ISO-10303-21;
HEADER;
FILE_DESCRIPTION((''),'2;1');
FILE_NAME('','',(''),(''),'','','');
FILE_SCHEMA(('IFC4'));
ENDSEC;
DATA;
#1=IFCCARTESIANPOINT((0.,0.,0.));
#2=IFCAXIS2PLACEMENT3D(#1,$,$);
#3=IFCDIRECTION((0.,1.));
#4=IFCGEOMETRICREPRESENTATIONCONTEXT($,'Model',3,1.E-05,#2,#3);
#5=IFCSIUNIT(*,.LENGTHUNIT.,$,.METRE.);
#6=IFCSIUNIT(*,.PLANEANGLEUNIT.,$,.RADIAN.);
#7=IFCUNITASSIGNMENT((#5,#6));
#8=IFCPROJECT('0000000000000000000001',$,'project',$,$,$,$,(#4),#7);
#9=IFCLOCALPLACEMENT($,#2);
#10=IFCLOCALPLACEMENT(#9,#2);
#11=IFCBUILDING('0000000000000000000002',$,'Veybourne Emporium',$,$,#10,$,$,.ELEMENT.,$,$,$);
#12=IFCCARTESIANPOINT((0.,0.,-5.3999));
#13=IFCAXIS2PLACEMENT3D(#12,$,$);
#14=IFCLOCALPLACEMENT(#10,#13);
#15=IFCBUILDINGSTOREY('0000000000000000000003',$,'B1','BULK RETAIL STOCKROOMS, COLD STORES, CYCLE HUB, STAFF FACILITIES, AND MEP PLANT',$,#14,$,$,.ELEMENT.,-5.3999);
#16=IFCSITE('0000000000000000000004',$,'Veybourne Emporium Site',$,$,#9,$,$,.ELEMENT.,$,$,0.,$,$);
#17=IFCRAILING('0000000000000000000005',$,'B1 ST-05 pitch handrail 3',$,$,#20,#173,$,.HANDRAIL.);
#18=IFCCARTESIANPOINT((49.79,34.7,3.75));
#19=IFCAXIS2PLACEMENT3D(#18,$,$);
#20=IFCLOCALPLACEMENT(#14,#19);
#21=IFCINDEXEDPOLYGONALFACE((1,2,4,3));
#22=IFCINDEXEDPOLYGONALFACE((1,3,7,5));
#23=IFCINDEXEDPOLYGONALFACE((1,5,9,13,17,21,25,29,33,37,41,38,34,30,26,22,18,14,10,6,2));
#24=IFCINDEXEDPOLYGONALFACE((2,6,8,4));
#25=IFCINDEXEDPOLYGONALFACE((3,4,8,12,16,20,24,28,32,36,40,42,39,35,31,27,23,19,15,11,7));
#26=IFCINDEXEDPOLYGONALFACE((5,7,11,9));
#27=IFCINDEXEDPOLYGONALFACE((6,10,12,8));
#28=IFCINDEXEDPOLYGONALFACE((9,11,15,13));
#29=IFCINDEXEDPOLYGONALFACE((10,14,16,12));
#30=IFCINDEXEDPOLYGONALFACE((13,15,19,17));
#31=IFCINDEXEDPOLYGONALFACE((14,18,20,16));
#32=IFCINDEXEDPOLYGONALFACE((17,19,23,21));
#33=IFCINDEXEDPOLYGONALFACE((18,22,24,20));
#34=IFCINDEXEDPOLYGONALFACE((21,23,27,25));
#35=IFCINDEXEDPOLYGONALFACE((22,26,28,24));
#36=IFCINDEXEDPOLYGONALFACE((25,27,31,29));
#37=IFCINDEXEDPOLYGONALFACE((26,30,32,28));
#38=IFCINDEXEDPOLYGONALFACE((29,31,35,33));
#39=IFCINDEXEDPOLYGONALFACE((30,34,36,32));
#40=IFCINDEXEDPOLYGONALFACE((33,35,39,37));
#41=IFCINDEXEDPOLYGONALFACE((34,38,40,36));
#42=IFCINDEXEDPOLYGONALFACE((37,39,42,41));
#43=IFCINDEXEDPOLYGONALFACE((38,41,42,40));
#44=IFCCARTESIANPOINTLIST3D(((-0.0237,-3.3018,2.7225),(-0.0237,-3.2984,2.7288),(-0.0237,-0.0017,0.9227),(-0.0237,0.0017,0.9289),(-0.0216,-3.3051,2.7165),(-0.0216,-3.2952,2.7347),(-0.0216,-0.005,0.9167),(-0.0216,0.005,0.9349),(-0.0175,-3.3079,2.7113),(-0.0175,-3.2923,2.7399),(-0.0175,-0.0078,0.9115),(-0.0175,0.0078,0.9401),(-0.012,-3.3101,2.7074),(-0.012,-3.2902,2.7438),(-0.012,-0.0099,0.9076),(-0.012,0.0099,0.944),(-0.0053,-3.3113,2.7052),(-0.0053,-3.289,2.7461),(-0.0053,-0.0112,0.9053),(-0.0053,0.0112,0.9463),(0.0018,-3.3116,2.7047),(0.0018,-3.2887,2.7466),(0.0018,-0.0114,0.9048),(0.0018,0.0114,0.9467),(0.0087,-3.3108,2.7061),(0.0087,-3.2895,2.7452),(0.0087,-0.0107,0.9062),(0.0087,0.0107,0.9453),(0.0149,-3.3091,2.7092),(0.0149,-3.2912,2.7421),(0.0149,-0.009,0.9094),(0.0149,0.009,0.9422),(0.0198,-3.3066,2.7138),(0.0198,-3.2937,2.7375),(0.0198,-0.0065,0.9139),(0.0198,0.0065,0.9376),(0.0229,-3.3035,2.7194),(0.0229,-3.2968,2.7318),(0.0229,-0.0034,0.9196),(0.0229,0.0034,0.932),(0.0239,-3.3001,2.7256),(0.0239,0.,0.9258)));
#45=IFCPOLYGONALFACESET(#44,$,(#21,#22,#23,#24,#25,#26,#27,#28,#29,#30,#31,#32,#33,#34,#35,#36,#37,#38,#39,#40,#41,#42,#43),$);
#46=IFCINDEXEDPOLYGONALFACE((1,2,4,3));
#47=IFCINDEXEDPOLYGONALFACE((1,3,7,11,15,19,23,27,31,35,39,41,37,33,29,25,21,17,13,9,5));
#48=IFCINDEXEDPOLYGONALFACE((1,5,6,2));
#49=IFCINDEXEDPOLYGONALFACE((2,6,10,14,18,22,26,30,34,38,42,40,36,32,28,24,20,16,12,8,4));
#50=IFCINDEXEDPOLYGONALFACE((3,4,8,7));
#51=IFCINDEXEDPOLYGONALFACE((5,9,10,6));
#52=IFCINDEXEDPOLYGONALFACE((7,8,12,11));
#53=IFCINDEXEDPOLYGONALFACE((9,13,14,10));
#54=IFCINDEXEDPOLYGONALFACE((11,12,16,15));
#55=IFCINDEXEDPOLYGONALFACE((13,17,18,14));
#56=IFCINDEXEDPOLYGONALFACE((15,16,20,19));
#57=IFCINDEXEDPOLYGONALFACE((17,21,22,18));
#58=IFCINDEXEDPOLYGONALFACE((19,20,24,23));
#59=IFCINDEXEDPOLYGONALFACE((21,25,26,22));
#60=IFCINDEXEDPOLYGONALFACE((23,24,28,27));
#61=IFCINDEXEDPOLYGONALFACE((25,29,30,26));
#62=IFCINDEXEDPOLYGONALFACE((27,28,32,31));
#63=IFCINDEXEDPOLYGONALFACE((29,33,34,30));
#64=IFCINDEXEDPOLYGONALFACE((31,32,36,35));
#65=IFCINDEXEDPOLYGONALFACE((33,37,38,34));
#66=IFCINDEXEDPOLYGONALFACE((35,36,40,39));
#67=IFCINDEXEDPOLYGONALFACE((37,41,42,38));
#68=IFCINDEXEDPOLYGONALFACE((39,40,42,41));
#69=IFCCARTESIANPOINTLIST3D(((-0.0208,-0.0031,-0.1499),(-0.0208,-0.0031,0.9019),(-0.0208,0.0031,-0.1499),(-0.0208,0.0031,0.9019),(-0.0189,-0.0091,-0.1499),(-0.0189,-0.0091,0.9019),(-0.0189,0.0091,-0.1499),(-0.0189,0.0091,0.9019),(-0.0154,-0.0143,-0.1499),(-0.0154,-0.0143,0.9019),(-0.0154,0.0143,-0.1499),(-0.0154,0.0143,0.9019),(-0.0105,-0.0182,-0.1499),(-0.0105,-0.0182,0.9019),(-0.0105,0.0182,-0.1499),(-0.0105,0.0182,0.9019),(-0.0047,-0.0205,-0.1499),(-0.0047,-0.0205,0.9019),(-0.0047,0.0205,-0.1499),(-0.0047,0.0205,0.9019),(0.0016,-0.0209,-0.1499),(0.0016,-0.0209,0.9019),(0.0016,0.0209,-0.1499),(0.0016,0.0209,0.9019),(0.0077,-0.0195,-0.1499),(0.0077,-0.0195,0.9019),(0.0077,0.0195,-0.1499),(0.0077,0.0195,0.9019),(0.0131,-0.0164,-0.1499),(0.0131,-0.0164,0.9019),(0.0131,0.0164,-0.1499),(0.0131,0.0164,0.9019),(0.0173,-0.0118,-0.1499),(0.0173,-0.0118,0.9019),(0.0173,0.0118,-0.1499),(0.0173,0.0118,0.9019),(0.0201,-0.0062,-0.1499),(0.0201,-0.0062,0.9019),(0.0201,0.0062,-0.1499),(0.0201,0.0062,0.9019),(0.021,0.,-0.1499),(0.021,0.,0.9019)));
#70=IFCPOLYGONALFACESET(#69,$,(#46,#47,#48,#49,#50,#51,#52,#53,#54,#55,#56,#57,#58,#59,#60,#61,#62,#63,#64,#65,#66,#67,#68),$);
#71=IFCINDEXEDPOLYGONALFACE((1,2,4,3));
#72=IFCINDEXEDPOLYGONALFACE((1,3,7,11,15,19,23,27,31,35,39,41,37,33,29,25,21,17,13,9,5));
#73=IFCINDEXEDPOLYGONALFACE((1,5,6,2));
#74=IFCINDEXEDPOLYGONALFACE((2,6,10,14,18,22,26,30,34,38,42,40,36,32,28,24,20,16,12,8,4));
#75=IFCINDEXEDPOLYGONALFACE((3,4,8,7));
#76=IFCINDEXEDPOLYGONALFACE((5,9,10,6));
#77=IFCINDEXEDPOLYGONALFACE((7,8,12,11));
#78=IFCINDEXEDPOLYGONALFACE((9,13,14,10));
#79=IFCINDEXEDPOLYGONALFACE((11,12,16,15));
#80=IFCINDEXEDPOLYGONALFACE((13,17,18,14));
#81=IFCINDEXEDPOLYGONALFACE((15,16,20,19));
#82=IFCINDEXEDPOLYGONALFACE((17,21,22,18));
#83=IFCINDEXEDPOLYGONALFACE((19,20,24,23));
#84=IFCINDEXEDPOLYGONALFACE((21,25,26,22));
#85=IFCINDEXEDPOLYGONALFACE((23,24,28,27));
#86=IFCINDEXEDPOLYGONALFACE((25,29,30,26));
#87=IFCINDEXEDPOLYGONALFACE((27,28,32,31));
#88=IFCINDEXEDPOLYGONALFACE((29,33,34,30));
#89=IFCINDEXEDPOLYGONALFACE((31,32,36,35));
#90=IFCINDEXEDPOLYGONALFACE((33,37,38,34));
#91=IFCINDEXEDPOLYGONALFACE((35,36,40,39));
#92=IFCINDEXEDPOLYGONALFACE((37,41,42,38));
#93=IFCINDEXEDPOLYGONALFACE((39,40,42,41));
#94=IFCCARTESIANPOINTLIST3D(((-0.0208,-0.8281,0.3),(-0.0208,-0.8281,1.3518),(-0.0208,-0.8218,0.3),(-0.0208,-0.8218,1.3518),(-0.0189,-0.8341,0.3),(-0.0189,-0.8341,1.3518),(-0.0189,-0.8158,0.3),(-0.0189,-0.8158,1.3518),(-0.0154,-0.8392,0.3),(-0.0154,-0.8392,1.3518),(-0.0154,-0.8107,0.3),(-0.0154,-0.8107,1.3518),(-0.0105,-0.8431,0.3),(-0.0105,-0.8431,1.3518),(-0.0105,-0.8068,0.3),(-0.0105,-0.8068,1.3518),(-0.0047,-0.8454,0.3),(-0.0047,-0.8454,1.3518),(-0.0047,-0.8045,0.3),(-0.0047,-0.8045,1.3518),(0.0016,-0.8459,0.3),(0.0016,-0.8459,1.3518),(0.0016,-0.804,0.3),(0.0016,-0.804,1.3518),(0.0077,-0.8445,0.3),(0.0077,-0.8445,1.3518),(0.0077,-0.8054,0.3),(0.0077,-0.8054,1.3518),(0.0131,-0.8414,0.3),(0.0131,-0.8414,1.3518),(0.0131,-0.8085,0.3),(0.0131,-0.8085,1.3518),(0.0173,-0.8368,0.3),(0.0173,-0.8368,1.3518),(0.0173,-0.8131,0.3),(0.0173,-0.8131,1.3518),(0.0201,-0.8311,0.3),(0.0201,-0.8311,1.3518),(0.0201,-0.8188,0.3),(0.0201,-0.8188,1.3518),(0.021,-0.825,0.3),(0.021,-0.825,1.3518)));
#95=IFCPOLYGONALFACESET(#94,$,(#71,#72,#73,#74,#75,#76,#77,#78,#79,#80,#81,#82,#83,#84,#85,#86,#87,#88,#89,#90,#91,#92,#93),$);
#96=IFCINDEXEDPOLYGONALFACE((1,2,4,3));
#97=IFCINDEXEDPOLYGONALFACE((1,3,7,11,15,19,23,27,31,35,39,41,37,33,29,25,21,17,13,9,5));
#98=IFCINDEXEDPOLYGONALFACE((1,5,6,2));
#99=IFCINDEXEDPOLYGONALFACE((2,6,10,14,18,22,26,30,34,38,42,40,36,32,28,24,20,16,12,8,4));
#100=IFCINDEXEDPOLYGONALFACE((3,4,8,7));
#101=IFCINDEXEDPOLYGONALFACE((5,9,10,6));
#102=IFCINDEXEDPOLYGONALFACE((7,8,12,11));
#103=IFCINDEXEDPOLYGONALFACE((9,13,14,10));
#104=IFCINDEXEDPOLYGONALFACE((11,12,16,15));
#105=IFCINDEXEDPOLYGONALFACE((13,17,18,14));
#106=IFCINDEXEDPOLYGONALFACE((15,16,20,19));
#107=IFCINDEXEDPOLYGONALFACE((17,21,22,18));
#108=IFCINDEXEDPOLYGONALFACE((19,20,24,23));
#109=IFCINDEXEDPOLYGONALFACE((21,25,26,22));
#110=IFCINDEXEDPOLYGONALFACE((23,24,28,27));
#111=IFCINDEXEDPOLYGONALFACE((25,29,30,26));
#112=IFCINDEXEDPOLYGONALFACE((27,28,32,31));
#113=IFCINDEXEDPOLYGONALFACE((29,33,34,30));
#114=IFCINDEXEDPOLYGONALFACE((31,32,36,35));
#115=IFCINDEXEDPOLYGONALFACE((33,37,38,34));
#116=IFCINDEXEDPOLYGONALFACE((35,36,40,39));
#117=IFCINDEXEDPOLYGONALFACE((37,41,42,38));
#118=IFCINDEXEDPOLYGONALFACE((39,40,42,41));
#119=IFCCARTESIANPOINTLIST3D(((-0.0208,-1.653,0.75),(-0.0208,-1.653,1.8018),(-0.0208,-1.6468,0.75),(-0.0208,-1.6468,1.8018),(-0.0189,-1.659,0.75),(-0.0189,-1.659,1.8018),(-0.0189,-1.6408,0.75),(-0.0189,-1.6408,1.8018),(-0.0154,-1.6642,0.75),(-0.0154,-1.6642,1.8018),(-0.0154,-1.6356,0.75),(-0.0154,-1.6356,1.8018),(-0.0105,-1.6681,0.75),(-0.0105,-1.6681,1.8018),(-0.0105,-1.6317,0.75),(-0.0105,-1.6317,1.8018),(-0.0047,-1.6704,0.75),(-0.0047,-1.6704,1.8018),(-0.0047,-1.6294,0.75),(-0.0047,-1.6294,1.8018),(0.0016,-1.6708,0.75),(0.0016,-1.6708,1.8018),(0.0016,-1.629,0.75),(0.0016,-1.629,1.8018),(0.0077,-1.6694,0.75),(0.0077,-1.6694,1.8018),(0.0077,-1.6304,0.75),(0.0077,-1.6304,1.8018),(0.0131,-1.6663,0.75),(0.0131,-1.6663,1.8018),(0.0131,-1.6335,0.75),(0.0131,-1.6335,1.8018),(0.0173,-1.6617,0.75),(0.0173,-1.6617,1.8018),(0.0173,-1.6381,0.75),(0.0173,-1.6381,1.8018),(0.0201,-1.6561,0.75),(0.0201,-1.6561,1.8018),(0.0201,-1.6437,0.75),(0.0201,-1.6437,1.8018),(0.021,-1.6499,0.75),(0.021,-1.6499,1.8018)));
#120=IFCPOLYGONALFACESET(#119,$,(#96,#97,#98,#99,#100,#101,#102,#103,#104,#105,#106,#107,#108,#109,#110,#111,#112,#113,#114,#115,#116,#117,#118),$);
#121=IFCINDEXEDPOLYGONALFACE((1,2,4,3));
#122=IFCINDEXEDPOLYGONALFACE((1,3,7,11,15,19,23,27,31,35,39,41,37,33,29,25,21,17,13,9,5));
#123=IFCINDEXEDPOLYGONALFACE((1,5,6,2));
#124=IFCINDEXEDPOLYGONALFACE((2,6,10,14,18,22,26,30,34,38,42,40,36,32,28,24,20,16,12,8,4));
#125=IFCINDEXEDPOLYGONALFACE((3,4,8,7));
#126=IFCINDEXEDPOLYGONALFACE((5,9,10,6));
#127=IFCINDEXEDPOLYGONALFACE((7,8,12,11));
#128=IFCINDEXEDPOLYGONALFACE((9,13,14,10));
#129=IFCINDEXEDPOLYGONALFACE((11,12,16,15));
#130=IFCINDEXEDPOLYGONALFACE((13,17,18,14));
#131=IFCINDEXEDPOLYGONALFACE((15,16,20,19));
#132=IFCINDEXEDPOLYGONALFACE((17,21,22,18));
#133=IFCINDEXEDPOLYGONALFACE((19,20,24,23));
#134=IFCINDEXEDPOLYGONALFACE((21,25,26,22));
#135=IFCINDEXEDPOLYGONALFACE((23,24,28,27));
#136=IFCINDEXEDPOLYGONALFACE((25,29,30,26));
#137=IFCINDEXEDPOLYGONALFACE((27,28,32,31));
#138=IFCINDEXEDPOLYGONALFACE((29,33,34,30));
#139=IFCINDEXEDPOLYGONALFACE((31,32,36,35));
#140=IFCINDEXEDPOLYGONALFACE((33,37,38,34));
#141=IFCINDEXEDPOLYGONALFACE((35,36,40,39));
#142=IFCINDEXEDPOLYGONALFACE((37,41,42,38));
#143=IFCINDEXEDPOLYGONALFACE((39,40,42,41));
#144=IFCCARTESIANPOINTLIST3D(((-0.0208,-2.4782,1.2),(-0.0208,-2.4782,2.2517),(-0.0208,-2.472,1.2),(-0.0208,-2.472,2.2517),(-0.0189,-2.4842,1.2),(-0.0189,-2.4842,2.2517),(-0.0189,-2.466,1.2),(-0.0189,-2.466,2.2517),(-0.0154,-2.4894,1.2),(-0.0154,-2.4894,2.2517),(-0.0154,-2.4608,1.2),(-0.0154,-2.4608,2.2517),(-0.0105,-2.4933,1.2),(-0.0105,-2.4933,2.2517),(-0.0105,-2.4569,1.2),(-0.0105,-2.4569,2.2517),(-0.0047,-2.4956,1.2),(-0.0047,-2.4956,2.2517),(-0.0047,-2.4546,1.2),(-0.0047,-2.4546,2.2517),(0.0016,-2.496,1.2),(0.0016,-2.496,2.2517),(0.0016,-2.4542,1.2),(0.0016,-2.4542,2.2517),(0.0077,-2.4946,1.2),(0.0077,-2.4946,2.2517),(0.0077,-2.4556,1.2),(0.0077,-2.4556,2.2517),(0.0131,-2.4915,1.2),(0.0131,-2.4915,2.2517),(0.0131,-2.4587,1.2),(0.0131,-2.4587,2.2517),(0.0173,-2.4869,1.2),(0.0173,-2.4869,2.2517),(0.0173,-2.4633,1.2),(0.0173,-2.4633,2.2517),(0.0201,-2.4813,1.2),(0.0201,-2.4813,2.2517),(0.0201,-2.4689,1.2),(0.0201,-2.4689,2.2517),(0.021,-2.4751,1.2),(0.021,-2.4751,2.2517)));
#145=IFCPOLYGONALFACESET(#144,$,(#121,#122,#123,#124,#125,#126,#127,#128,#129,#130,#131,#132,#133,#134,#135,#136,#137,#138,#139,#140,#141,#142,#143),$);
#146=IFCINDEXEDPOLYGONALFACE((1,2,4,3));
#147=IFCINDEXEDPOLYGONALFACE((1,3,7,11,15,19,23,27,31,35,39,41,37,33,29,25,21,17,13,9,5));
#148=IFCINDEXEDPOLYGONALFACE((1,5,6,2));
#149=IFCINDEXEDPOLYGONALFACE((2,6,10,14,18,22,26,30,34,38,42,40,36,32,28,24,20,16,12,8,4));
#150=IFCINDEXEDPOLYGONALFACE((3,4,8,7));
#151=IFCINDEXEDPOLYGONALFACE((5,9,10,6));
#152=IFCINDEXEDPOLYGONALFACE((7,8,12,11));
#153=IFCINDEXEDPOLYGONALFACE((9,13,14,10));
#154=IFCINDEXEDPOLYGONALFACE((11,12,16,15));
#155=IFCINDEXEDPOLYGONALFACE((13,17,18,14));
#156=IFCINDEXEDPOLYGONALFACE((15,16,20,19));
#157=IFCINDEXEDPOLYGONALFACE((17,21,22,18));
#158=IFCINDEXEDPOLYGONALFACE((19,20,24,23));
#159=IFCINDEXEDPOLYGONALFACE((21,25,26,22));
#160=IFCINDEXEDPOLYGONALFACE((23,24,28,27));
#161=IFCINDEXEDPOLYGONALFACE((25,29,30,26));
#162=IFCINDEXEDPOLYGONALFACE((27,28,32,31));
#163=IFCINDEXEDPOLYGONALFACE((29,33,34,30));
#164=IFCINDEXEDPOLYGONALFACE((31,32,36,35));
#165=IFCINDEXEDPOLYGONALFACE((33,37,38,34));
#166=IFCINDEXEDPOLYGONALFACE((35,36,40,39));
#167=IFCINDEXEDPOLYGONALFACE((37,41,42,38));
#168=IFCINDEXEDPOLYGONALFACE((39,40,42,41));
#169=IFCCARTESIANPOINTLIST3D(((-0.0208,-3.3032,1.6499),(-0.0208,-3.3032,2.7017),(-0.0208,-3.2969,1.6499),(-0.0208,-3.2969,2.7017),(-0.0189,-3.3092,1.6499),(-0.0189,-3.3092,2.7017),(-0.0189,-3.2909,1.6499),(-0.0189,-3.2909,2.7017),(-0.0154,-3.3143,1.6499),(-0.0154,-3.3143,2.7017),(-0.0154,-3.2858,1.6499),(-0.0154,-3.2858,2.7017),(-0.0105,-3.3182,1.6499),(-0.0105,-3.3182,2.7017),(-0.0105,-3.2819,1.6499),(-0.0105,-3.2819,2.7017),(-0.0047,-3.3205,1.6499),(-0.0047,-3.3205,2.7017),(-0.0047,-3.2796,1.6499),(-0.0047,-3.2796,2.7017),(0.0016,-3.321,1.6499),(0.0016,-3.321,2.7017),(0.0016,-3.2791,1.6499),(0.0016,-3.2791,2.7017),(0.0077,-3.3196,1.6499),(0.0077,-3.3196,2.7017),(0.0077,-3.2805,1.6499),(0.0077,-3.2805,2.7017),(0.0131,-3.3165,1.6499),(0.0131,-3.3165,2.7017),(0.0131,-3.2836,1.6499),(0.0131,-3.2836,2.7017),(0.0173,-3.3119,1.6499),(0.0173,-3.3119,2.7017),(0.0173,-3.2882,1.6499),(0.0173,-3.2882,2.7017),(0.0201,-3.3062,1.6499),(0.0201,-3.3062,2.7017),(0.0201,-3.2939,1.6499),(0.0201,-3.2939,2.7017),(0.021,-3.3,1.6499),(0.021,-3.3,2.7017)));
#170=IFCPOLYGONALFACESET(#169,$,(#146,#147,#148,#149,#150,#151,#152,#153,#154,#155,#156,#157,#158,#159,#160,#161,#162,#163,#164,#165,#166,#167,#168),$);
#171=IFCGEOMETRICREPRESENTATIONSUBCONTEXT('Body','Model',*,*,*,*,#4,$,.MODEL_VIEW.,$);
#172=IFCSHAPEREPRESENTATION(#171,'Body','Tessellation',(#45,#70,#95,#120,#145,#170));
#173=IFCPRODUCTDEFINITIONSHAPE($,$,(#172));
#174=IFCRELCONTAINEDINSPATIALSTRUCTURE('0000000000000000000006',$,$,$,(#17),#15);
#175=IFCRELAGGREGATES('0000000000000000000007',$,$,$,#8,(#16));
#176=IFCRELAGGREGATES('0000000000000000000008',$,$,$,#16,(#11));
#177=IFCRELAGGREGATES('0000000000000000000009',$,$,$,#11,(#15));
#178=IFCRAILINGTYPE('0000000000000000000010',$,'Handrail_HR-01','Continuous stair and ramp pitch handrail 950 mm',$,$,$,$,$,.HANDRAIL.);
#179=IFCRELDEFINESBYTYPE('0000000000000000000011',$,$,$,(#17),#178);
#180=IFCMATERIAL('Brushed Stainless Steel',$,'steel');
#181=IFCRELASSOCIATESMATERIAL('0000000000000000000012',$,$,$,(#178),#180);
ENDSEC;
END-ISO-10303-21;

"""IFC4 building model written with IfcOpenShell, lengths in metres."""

from ifc_helpers import new_model, si_unit, direction, frame, origin, origin_2d, place, context, subcontext, project, spatial, circle, extrude, material, type_object, element, save


model = new_model("IFC4")

# Units and contexts
model_context = context("Model", 3, precision=1e-05, world=origin(), true_north=direction((0.0, 1.0)))
body_context = subcontext(model_context, "Body", "Model", "MODEL_VIEW")
ifc_project = project(units=[si_unit("LENGTHUNIT", "METRE"), si_unit("PLANEANGLEUNIT", "RADIAN")], contexts=[model_context])

# Site, building, storey
site_placement = place(None, origin())
site = spatial("IfcSite", under=ifc_project, at=site_placement, Name="Veybourne Emporium Site", CompositionType="ELEMENT", RefElevation=0.0)
building_placement = place(site_placement, origin())
building = spatial("IfcBuilding", under=site, at=building_placement, Name="Veybourne Emporium", CompositionType="ELEMENT")
storey_placement = place(building_placement, frame((0.0, 0.0, -5.3999)))
storey = spatial("IfcBuildingStorey", under=building, at=storey_placement, Name="B1", Description="BULK RETAIL STOCKROOMS, COLD STORES, CYCLE HUB, STAFF FACILITIES, AND MEP PLANT", CompositionType="ELEMENT", Elevation=-5.3999)

# Railing
ifc_material_1 = material(Name="Brushed Stainless Steel", Category="steel")
railing_type = type_object("IfcRailingType", Name="Handrail_HR-01", Description="Continuous stair and ramp pitch handrail 950 mm", PredefinedType="HANDRAIL", material=ifc_material_1)
railing_placement = place(storey_placement, frame((49.79, 34.7, 3.75)))
element("IfcRailing", 1, at=railing_placement, inside=storey, type_object=railing_type, Name="B1 ST-05 pitch handrail 3", PredefinedType="HANDRAIL", context=body_context, shape_type="SweptSolid", body=[
    extrude(circle(Radius=0.0239, at=origin_2d()), frame((0.0, 0.0, 0.9258), z_axis=(0.0, -0.87792, 0.478807), x_axis=(1.0, 0.0, 0.0)), (0.0, 0.0, 1.0), 3.759),
    extrude(circle(Radius=0.021, at=origin_2d()), frame((0.0, 0.0, -0.1499)), (0.0, 0.0, 1.0), 1.0518),
    extrude(circle(Radius=0.021, at=origin_2d()), frame((0.0, -0.825, 0.3)), (0.0, 0.0, 1.0), 1.0518),
    extrude(circle(Radius=0.021, at=origin_2d()), frame((0.0, -1.6499, 0.75)), (0.0, 0.0, 1.0), 1.0518),
    extrude(circle(Radius=0.021, at=origin_2d()), frame((0.0, -2.4751, 1.2)), (0.0, 0.0, 1.0), 1.0518),
    extrude(circle(Radius=0.021, at=origin_2d()), frame((0.0, -3.3, 1.6499)), (0.0, 0.0, 1.0), 1.0518),
])

save(model, "model.ifc")
